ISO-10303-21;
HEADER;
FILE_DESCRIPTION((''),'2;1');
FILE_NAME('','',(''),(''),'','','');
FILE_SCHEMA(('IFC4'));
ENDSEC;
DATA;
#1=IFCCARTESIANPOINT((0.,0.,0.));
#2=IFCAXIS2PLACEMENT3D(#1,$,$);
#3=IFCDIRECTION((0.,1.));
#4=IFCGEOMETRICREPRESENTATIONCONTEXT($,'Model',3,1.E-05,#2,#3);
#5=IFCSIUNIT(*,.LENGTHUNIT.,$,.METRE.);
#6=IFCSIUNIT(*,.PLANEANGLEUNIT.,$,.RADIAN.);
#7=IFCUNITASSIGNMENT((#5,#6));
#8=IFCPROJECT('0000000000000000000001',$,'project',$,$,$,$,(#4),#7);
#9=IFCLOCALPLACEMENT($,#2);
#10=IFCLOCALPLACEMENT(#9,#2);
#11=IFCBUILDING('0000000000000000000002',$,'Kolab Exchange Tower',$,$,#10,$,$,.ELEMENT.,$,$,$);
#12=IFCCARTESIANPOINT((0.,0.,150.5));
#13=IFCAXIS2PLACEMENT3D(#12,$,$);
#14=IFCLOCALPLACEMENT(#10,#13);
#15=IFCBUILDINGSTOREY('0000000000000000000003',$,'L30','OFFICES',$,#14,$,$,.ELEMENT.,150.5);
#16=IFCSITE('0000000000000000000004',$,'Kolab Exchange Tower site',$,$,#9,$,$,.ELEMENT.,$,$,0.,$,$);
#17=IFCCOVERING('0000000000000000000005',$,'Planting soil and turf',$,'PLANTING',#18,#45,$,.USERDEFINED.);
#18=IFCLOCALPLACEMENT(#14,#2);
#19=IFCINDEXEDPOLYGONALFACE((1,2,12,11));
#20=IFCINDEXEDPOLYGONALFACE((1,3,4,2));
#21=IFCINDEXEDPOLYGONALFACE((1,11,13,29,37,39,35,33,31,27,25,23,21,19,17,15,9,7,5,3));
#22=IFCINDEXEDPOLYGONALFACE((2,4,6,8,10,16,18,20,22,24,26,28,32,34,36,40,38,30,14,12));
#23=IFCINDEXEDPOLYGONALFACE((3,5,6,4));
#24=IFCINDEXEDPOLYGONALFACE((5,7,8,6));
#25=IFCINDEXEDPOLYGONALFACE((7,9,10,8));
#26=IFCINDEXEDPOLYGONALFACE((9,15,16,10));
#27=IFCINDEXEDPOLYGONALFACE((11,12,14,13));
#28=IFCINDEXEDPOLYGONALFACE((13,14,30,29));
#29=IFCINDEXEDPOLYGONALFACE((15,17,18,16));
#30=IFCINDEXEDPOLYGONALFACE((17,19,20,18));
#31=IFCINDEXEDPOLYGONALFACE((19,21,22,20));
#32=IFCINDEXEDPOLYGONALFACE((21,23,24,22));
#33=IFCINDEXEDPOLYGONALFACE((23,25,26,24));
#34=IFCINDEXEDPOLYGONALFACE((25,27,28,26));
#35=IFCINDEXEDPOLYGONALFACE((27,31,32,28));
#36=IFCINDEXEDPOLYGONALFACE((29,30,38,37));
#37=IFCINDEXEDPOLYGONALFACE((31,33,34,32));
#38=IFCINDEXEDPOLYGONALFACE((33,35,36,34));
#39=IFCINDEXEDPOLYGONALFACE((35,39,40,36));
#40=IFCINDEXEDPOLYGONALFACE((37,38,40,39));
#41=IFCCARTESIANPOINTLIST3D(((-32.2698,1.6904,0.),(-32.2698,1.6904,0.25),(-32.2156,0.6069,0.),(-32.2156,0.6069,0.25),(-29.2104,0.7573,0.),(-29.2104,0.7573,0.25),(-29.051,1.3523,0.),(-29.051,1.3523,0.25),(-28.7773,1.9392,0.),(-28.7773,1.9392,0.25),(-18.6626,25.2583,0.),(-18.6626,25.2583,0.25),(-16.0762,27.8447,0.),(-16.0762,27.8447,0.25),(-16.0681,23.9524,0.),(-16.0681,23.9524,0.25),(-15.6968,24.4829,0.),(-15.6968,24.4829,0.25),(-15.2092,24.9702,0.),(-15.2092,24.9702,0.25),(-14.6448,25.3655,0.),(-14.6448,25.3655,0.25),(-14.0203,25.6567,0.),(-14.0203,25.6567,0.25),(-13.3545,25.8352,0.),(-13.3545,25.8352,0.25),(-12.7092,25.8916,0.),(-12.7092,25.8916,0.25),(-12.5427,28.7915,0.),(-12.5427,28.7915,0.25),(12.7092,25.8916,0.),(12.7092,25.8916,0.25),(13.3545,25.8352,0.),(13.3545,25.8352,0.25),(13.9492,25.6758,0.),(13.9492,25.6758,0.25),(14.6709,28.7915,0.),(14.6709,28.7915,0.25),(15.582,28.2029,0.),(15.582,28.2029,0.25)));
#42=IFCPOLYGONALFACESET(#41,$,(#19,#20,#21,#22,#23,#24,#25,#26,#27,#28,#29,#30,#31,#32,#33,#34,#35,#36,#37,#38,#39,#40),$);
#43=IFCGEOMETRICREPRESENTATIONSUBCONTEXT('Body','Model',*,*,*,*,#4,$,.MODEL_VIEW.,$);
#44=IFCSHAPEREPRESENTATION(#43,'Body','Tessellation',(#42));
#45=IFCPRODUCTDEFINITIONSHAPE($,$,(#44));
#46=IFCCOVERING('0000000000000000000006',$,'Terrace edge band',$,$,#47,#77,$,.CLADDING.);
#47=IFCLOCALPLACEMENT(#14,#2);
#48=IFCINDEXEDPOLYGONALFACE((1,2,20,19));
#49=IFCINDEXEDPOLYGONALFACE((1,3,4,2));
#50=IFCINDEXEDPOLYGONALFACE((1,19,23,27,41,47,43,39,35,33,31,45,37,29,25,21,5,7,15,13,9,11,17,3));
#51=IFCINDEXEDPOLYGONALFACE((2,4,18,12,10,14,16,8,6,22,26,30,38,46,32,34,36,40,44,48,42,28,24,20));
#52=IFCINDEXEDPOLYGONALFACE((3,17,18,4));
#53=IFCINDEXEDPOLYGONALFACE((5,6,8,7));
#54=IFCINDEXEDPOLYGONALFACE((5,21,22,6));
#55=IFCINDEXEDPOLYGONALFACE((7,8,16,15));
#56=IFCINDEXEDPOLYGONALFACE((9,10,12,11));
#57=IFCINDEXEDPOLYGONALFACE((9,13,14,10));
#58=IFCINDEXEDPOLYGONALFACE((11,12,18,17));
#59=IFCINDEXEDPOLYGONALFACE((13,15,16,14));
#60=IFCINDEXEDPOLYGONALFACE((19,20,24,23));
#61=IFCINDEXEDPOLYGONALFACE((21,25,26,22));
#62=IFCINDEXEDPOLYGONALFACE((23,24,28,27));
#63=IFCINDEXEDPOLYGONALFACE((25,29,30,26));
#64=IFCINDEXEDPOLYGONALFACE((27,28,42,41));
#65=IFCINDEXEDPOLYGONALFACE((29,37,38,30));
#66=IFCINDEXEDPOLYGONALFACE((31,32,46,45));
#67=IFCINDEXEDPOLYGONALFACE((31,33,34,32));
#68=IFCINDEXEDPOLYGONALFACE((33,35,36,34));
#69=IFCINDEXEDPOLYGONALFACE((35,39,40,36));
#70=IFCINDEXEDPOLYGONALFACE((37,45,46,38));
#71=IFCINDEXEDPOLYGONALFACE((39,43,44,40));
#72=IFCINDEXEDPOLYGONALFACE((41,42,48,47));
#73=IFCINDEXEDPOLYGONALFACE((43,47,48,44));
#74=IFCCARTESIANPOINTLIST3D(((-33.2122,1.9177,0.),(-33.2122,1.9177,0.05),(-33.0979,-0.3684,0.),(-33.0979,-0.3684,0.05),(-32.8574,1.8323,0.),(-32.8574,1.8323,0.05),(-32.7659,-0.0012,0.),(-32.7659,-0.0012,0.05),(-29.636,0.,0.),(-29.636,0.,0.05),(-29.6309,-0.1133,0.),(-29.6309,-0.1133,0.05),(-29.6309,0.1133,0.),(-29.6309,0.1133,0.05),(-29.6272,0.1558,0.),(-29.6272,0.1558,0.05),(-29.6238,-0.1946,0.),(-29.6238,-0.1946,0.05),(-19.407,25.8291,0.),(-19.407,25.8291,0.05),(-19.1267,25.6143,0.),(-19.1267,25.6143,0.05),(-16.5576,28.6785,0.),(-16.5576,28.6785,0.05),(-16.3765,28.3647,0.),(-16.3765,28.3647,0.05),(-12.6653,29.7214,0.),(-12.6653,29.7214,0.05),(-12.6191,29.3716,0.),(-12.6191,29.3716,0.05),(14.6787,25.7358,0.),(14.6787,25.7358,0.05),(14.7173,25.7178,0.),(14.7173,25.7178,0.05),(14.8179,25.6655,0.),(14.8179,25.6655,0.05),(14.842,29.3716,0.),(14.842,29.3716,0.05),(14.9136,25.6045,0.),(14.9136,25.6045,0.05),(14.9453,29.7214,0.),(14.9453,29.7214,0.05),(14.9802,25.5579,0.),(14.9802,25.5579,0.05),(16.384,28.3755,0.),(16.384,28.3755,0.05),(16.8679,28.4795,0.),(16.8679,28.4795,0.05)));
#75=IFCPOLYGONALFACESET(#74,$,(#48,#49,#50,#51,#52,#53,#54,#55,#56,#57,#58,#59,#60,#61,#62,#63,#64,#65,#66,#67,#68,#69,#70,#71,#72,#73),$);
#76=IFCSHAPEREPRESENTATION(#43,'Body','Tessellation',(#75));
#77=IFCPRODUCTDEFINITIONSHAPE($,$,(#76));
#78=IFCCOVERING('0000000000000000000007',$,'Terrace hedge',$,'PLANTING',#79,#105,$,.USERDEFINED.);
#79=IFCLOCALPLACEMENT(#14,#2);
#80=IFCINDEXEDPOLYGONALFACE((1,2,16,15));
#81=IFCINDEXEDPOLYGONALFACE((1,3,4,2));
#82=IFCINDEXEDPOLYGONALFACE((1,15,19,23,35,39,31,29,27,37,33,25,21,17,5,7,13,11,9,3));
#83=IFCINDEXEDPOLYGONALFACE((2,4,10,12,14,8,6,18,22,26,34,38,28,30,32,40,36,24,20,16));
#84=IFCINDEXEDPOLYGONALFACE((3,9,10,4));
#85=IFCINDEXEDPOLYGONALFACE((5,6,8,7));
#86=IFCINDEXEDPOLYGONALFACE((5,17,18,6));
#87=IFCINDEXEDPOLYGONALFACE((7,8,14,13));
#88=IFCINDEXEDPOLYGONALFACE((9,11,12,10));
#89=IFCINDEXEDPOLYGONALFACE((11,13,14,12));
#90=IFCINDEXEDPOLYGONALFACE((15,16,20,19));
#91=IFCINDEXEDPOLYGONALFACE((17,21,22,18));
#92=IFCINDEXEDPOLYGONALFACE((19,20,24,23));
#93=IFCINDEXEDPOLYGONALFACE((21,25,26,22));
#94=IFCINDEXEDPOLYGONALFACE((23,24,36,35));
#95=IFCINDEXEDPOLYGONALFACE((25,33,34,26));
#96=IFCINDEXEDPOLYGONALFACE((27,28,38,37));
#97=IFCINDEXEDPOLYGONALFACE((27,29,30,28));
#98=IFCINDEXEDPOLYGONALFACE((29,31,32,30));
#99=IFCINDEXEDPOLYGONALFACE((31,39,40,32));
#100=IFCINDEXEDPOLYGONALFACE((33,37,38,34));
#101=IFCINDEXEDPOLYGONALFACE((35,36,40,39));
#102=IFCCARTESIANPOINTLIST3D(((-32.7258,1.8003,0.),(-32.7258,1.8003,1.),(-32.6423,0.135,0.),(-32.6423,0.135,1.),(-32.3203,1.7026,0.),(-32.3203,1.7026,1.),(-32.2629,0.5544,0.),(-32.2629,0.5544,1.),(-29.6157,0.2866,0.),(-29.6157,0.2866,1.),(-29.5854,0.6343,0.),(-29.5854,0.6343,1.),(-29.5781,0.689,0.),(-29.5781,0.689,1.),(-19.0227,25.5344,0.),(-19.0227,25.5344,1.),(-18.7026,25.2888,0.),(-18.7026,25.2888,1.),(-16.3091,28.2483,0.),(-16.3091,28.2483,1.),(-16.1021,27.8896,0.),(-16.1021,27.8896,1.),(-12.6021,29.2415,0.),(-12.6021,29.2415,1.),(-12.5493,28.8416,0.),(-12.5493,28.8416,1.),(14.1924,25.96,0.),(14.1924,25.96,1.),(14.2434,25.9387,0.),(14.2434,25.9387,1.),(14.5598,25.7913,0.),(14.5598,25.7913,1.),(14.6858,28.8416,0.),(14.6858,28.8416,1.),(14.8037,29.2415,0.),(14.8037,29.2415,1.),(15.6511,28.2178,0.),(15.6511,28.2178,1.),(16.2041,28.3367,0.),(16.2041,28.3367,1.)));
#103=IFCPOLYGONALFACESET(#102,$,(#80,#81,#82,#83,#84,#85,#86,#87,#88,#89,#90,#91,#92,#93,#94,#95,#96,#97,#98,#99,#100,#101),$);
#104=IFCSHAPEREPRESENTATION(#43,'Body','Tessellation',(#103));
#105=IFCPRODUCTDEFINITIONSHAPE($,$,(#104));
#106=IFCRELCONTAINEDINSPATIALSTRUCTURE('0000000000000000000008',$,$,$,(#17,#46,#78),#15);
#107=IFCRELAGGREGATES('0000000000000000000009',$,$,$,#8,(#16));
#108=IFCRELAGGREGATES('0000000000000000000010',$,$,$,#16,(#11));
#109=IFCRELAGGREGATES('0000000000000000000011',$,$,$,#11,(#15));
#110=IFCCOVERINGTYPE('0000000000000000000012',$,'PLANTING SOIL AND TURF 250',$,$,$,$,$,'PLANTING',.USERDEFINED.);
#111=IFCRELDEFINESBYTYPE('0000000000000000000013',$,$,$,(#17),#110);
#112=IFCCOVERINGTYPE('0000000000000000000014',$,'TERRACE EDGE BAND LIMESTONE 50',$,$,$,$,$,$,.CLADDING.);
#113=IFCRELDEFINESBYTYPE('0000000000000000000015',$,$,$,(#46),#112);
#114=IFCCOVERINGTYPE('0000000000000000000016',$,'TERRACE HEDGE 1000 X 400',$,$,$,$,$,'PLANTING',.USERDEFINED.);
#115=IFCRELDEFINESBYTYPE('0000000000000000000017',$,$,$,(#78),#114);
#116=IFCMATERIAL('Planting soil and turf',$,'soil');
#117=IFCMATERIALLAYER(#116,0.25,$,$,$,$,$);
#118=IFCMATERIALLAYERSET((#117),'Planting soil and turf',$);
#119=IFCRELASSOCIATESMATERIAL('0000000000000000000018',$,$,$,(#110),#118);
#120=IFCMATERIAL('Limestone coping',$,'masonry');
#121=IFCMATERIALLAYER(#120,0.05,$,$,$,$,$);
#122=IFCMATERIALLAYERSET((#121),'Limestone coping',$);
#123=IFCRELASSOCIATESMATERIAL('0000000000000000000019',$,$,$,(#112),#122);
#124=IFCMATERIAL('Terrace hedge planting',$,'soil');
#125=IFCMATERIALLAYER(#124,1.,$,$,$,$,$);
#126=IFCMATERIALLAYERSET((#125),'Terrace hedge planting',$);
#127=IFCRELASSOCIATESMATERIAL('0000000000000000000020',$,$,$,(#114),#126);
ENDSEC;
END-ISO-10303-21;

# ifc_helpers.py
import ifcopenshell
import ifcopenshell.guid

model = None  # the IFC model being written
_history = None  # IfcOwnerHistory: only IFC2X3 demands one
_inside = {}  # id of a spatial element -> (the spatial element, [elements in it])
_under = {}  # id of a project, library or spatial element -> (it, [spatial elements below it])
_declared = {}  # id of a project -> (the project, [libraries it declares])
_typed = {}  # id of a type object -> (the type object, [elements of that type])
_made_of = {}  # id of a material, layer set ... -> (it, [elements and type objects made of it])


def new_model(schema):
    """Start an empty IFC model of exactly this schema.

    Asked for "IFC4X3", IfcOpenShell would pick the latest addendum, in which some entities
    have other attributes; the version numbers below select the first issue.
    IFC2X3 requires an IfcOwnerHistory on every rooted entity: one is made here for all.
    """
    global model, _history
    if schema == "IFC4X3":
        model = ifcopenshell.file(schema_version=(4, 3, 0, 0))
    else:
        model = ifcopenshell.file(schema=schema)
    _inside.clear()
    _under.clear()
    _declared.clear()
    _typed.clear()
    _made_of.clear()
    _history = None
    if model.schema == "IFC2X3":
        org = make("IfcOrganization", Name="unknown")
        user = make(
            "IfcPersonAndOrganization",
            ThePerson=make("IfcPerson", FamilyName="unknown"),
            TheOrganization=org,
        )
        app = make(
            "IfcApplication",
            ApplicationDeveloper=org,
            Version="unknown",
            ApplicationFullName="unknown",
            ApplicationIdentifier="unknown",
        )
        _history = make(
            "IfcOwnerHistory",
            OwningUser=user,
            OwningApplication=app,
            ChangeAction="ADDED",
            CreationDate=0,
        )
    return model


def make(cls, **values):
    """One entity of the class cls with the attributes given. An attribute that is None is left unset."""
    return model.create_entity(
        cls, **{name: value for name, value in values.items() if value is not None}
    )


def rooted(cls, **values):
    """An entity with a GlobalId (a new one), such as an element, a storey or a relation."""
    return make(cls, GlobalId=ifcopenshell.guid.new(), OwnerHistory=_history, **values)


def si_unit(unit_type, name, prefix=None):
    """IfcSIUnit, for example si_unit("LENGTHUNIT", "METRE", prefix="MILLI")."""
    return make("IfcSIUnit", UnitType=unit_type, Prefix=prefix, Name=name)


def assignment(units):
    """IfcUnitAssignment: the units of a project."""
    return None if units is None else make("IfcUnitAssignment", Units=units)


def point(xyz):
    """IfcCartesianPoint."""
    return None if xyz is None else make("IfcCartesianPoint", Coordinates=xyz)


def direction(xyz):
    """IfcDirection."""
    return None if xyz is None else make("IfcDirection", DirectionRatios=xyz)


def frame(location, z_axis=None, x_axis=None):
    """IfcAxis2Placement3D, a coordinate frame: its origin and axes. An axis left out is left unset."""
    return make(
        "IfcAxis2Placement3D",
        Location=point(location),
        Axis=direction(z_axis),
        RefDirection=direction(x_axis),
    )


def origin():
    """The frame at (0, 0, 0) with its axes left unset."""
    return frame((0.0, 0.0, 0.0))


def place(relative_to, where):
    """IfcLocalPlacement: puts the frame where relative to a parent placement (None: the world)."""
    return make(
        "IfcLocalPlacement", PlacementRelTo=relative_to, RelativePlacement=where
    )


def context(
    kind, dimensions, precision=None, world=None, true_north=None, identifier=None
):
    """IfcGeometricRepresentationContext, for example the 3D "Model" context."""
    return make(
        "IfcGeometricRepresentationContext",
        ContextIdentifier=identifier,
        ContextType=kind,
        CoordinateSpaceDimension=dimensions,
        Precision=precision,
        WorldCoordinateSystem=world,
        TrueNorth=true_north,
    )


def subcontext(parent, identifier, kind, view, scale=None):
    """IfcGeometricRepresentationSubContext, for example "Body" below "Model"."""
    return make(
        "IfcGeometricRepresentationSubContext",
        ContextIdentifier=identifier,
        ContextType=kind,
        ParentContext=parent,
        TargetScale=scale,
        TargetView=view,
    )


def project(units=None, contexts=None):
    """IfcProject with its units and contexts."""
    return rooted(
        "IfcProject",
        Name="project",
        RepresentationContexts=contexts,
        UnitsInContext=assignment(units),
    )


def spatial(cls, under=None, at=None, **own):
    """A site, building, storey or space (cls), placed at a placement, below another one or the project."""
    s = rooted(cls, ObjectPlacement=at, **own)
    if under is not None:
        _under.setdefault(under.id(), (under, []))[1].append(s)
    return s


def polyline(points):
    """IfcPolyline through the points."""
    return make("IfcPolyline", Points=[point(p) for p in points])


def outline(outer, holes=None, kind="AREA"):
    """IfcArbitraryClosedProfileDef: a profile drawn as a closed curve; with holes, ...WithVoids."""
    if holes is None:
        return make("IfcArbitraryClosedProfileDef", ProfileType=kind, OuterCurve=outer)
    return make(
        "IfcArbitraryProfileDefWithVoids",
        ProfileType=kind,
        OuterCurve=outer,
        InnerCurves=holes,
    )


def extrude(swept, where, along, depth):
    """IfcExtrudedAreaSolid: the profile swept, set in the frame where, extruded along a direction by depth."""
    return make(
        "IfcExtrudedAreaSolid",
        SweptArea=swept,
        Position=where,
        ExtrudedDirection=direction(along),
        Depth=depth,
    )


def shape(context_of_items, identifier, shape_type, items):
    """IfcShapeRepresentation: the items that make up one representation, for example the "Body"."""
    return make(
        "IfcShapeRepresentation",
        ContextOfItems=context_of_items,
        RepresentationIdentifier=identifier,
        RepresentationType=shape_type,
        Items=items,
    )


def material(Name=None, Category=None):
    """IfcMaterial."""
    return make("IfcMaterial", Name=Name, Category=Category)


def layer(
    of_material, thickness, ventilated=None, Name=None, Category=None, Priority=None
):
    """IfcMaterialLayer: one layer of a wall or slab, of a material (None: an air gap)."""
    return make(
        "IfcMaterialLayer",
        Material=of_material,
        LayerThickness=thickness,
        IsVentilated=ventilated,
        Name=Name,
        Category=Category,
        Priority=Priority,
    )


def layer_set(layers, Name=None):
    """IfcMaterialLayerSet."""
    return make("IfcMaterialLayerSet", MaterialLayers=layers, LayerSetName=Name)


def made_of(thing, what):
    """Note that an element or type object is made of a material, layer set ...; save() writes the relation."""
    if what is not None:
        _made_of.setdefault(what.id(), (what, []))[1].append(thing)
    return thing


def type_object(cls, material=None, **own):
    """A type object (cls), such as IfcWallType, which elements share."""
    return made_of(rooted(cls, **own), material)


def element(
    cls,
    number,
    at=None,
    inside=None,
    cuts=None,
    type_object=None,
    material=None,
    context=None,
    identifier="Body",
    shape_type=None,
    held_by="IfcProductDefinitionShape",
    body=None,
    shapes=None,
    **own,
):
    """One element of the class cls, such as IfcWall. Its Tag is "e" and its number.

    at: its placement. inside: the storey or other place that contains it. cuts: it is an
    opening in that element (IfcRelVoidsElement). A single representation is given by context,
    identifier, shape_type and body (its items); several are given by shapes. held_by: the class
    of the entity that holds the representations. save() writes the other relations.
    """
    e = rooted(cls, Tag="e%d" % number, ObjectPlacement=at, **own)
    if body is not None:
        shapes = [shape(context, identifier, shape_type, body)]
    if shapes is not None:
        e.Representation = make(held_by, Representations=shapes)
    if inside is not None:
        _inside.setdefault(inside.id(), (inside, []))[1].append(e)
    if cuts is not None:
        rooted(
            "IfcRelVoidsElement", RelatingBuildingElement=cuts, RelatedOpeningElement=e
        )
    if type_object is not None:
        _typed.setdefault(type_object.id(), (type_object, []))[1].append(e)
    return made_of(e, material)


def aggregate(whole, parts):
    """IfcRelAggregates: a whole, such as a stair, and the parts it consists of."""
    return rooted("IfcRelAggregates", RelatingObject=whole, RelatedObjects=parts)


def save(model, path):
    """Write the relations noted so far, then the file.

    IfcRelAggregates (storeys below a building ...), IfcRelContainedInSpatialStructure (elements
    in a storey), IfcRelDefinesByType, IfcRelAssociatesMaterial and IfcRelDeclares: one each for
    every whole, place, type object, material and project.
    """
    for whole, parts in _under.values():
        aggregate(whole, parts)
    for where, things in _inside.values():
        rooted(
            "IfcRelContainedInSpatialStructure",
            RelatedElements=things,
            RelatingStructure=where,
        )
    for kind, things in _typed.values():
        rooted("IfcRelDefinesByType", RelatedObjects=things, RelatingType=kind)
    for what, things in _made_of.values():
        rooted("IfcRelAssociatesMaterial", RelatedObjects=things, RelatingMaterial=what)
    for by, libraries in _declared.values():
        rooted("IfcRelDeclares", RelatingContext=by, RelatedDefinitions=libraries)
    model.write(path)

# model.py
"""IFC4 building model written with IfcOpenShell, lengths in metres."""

from ifc_helpers import new_model, si_unit, direction, frame, origin, place, context, subcontext, project, spatial, polyline, outline, extrude, material, layer, layer_set, type_object, element, save


model = new_model("IFC4")

# Units and contexts
model_context = context("Model", 3, precision=1e-05, world=origin(), true_north=direction((0.0, 1.0)))
body_context = subcontext(model_context, "Body", "Model", "MODEL_VIEW")
ifc_project = project(units=[si_unit("LENGTHUNIT", "METRE"), si_unit("PLANEANGLEUNIT", "RADIAN")], contexts=[model_context])

# Site, building, storey
site_placement = place(None, origin())
site = spatial("IfcSite", under=ifc_project, at=site_placement, Name="Kolab Exchange Tower site", CompositionType="ELEMENT", RefElevation=0.0)
building_placement = place(site_placement, origin())
building = spatial("IfcBuilding", under=site, at=building_placement, Name="Kolab Exchange Tower", CompositionType="ELEMENT")
storey_placement = place(building_placement, frame((0.0, 0.0, 150.5)))
storey = spatial("IfcBuildingStorey", under=building, at=storey_placement, Name="L30", Description="OFFICES", CompositionType="ELEMENT", Elevation=150.5)

# Coverings
ifc_material_1 = material(Name="Planting soil and turf", Category="soil")
ifc_layer_1 = layer(ifc_material_1, 0.25)
ifc_layer_set_1 = layer_set([ifc_layer_1], Name="Planting soil and turf")
covering_type_1 = type_object("IfcCoveringType", Name="PLANTING SOIL AND TURF 250", ElementType="PLANTING", PredefinedType="USERDEFINED", material=ifc_layer_set_1)
covering_1_placement = place(storey_placement, origin())
element("IfcCovering", 1, at=covering_1_placement, inside=storey, type_object=covering_type_1, Name="Planting soil and turf", ObjectType="PLANTING", PredefinedType="USERDEFINED", context=body_context, shape_type="SweptSolid", body=[
    extrude(outline(polyline([(-32.2156, 0.6069), (-32.2698, 1.6904), (-18.6626, 25.2583), (-16.0762, 27.8447), (-12.5427, 28.7915), (14.6709, 28.7915), (15.582, 28.2029), (13.9492, 25.6758), (13.3545, 25.8352), (12.7092, 25.8916), (-12.7092, 25.8916), (-13.3545, 25.8352), (-14.0203, 25.6567), (-14.6448, 25.3655), (-15.2092, 24.9702), (-15.6968, 24.4829), (-16.0681, 23.9524), (-28.7773, 1.9392), (-29.051, 1.3523), (-29.2104, 0.7573), (-32.2156, 0.6069)])), origin(), (0.0, 0.0, 1.0), 0.25),
])
ifc_material_2 = material(Name="Limestone coping", Category="masonry")
ifc_layer_2 = layer(ifc_material_2, 0.05)
ifc_layer_set_2 = layer_set([ifc_layer_2], Name="Limestone coping")
covering_type_2 = type_object("IfcCoveringType", Name="TERRACE EDGE BAND LIMESTONE 50", PredefinedType="CLADDING", material=ifc_layer_set_2)
covering_2_placement = place(storey_placement, origin())
element("IfcCovering", 2, at=covering_2_placement, inside=storey, type_object=covering_type_2, Name="Terrace edge band", PredefinedType="CLADDING", context=body_context, shape_type="SweptSolid", body=[
    extrude(outline(polyline([(-33.2122, 1.9177), (-19.407, 25.8291), (-16.5576, 28.6785), (-12.6653, 29.7214), (14.9453, 29.7214), (16.8679, 28.4795), (14.9802, 25.5579), (14.9136, 25.6045), (14.8179, 25.6655), (14.7173, 25.7178), (14.6787, 25.7358), (16.384, 28.3755), (14.842, 29.3716), (-12.6191, 29.3716), (-16.3765, 28.3647), (-19.1267, 25.6143), (-32.8574, 1.8323), (-32.7659, -0.0012), (-29.6272, 0.1558), (-29.6309, 0.1133), (-29.636, 0.0), (-29.6309, -0.1133), (-29.6238, -0.1946), (-33.0979, -0.3684), (-33.2122, 1.9177)])), origin(), (0.0, 0.0, 1.0), 0.05),
])
ifc_material_3 = material(Name="Terrace hedge planting", Category="soil")
ifc_layer_3 = layer(ifc_material_3, 1.0)
ifc_layer_set_3 = layer_set([ifc_layer_3], Name="Terrace hedge planting")
covering_type_3 = type_object("IfcCoveringType", Name="TERRACE HEDGE 1000 X 400", ElementType="PLANTING", PredefinedType="USERDEFINED", material=ifc_layer_set_3)
covering_3_placement = place(storey_placement, origin())
element("IfcCovering", 3, at=covering_3_placement, inside=storey, type_object=covering_type_3, Name="Terrace hedge", ObjectType="PLANTING", PredefinedType="USERDEFINED", context=body_context, shape_type="SweptSolid", body=[
    extrude(outline(polyline([(-32.7258, 1.8003), (-19.0227, 25.5344), (-16.3091, 28.2483), (-12.6021, 29.2415), (14.8037, 29.2415), (16.2041, 28.3367), (14.5598, 25.7913), (14.2434, 25.9387), (14.1924, 25.96), (15.6511, 28.2178), (14.6858, 28.8416), (-12.5493, 28.8416), (-16.1021, 27.8896), (-18.7026, 25.2888), (-32.3203, 1.7026), (-32.2629, 0.5544), (-29.5781, 0.689), (-29.5854, 0.6343), (-29.6157, 0.2866), (-32.6423, 0.135), (-32.7258, 1.8003)])), origin(), (0.0, 0.0, 1.0), 1.0),
])

save(model, "model.ifc")
